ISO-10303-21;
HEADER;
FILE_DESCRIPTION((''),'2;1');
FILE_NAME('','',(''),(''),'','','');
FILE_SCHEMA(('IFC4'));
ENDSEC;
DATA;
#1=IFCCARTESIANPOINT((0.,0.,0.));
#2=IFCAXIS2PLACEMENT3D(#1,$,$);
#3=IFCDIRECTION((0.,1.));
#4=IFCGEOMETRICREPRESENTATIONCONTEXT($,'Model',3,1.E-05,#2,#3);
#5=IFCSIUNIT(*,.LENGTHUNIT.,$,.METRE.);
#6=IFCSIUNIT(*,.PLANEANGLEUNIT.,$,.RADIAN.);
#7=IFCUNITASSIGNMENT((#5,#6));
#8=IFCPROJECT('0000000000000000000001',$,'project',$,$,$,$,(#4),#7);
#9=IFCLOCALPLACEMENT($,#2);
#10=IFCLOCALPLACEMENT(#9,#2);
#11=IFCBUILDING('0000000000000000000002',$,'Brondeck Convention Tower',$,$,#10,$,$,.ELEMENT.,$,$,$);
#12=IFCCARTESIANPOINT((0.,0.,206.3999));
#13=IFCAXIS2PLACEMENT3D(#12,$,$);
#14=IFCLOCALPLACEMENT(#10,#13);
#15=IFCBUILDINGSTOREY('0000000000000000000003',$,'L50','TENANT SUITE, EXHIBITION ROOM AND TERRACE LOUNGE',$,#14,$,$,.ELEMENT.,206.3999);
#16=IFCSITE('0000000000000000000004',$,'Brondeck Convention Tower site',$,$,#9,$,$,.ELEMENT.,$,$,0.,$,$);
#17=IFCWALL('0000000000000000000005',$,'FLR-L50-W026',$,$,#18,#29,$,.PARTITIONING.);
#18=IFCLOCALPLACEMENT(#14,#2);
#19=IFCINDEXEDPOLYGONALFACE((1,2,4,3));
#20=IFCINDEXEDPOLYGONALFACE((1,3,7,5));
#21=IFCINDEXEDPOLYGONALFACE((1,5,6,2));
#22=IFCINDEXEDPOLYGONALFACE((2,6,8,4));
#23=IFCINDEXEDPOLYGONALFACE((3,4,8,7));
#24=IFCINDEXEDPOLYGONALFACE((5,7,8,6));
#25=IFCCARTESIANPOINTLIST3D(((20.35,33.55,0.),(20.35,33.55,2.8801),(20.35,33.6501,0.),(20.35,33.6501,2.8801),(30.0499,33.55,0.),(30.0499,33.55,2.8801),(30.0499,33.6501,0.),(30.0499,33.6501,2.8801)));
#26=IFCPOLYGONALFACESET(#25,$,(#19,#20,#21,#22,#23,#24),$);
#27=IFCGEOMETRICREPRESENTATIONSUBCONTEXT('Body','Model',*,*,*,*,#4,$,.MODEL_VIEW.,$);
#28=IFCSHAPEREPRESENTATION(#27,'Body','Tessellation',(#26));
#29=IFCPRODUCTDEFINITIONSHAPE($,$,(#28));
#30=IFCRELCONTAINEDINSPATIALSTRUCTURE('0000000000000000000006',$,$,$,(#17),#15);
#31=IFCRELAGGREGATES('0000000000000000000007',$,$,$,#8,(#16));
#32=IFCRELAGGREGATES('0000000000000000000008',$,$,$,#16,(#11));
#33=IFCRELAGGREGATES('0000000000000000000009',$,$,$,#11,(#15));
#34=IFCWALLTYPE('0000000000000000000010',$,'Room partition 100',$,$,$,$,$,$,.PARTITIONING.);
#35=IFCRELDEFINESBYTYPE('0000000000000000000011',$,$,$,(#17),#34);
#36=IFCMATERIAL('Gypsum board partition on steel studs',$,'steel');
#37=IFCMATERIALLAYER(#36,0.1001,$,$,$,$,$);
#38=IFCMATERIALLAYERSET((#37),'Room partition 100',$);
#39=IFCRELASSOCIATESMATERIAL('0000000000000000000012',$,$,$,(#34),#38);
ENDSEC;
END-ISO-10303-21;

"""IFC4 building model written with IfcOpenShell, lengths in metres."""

from ifc_helpers import new_model, si_unit, direction, frame, frame_2d, origin, place, context, subcontext, project, spatial, rectangle, extrude, material, layer, layer_set, type_object, element, save


model = new_model("IFC4")

# Units and contexts
model_context = context("Model", 3, precision=1e-05, world=origin(), true_north=direction((0.0, 1.0)))
body_context = subcontext(model_context, "Body", "Model", "MODEL_VIEW")
ifc_project = project(units=[si_unit("LENGTHUNIT", "METRE"), si_unit("PLANEANGLEUNIT", "RADIAN")], contexts=[model_context])

# Site, building, storey
site_placement = place(None, origin())
site = spatial("IfcSite", under=ifc_project, at=site_placement, Name="Brondeck Convention Tower site", CompositionType="ELEMENT", RefElevation=0.0)
building_placement = place(site_placement, origin())
building = spatial("IfcBuilding", under=site, at=building_placement, Name="Brondeck Convention Tower", CompositionType="ELEMENT")
storey_placement = place(building_placement, frame((0.0, 0.0, 206.3999)))
storey = spatial("IfcBuildingStorey", under=building, at=storey_placement, Name="L50", Description="TENANT SUITE, EXHIBITION ROOM AND TERRACE LOUNGE", CompositionType="ELEMENT", Elevation=206.3999)

# Wall
ifc_material_1 = material(Name="Gypsum board partition on steel studs", Category="steel")
ifc_layer_1 = layer(ifc_material_1, 0.1001)
ifc_layer_set_1 = layer_set([ifc_layer_1], Name="Room partition 100")
wall_type_1 = type_object("IfcWallType", Name="Room partition 100", PredefinedType="PARTITIONING", material=ifc_layer_set_1)
wall_1_placement = place(storey_placement, frame((30.05, 33.6001, 0.0), z_axis=(0.0, 0.0, 1.0), x_axis=(-1.0, 0.0, 0.0)))
element("IfcWall", 1, at=wall_1_placement, inside=storey, type_object=wall_type_1, Name="FLR-L50-W026", PredefinedType="PARTITIONING", context=body_context, shape_type="SweptSolid", body=[
    extrude(rectangle(XDim=9.7, YDim=0.1001, at=frame_2d((4.8501, 0.0))), origin(), (0.0, 0.0, 1.0), 2.8801),
])

save(model, "model.ifc")
